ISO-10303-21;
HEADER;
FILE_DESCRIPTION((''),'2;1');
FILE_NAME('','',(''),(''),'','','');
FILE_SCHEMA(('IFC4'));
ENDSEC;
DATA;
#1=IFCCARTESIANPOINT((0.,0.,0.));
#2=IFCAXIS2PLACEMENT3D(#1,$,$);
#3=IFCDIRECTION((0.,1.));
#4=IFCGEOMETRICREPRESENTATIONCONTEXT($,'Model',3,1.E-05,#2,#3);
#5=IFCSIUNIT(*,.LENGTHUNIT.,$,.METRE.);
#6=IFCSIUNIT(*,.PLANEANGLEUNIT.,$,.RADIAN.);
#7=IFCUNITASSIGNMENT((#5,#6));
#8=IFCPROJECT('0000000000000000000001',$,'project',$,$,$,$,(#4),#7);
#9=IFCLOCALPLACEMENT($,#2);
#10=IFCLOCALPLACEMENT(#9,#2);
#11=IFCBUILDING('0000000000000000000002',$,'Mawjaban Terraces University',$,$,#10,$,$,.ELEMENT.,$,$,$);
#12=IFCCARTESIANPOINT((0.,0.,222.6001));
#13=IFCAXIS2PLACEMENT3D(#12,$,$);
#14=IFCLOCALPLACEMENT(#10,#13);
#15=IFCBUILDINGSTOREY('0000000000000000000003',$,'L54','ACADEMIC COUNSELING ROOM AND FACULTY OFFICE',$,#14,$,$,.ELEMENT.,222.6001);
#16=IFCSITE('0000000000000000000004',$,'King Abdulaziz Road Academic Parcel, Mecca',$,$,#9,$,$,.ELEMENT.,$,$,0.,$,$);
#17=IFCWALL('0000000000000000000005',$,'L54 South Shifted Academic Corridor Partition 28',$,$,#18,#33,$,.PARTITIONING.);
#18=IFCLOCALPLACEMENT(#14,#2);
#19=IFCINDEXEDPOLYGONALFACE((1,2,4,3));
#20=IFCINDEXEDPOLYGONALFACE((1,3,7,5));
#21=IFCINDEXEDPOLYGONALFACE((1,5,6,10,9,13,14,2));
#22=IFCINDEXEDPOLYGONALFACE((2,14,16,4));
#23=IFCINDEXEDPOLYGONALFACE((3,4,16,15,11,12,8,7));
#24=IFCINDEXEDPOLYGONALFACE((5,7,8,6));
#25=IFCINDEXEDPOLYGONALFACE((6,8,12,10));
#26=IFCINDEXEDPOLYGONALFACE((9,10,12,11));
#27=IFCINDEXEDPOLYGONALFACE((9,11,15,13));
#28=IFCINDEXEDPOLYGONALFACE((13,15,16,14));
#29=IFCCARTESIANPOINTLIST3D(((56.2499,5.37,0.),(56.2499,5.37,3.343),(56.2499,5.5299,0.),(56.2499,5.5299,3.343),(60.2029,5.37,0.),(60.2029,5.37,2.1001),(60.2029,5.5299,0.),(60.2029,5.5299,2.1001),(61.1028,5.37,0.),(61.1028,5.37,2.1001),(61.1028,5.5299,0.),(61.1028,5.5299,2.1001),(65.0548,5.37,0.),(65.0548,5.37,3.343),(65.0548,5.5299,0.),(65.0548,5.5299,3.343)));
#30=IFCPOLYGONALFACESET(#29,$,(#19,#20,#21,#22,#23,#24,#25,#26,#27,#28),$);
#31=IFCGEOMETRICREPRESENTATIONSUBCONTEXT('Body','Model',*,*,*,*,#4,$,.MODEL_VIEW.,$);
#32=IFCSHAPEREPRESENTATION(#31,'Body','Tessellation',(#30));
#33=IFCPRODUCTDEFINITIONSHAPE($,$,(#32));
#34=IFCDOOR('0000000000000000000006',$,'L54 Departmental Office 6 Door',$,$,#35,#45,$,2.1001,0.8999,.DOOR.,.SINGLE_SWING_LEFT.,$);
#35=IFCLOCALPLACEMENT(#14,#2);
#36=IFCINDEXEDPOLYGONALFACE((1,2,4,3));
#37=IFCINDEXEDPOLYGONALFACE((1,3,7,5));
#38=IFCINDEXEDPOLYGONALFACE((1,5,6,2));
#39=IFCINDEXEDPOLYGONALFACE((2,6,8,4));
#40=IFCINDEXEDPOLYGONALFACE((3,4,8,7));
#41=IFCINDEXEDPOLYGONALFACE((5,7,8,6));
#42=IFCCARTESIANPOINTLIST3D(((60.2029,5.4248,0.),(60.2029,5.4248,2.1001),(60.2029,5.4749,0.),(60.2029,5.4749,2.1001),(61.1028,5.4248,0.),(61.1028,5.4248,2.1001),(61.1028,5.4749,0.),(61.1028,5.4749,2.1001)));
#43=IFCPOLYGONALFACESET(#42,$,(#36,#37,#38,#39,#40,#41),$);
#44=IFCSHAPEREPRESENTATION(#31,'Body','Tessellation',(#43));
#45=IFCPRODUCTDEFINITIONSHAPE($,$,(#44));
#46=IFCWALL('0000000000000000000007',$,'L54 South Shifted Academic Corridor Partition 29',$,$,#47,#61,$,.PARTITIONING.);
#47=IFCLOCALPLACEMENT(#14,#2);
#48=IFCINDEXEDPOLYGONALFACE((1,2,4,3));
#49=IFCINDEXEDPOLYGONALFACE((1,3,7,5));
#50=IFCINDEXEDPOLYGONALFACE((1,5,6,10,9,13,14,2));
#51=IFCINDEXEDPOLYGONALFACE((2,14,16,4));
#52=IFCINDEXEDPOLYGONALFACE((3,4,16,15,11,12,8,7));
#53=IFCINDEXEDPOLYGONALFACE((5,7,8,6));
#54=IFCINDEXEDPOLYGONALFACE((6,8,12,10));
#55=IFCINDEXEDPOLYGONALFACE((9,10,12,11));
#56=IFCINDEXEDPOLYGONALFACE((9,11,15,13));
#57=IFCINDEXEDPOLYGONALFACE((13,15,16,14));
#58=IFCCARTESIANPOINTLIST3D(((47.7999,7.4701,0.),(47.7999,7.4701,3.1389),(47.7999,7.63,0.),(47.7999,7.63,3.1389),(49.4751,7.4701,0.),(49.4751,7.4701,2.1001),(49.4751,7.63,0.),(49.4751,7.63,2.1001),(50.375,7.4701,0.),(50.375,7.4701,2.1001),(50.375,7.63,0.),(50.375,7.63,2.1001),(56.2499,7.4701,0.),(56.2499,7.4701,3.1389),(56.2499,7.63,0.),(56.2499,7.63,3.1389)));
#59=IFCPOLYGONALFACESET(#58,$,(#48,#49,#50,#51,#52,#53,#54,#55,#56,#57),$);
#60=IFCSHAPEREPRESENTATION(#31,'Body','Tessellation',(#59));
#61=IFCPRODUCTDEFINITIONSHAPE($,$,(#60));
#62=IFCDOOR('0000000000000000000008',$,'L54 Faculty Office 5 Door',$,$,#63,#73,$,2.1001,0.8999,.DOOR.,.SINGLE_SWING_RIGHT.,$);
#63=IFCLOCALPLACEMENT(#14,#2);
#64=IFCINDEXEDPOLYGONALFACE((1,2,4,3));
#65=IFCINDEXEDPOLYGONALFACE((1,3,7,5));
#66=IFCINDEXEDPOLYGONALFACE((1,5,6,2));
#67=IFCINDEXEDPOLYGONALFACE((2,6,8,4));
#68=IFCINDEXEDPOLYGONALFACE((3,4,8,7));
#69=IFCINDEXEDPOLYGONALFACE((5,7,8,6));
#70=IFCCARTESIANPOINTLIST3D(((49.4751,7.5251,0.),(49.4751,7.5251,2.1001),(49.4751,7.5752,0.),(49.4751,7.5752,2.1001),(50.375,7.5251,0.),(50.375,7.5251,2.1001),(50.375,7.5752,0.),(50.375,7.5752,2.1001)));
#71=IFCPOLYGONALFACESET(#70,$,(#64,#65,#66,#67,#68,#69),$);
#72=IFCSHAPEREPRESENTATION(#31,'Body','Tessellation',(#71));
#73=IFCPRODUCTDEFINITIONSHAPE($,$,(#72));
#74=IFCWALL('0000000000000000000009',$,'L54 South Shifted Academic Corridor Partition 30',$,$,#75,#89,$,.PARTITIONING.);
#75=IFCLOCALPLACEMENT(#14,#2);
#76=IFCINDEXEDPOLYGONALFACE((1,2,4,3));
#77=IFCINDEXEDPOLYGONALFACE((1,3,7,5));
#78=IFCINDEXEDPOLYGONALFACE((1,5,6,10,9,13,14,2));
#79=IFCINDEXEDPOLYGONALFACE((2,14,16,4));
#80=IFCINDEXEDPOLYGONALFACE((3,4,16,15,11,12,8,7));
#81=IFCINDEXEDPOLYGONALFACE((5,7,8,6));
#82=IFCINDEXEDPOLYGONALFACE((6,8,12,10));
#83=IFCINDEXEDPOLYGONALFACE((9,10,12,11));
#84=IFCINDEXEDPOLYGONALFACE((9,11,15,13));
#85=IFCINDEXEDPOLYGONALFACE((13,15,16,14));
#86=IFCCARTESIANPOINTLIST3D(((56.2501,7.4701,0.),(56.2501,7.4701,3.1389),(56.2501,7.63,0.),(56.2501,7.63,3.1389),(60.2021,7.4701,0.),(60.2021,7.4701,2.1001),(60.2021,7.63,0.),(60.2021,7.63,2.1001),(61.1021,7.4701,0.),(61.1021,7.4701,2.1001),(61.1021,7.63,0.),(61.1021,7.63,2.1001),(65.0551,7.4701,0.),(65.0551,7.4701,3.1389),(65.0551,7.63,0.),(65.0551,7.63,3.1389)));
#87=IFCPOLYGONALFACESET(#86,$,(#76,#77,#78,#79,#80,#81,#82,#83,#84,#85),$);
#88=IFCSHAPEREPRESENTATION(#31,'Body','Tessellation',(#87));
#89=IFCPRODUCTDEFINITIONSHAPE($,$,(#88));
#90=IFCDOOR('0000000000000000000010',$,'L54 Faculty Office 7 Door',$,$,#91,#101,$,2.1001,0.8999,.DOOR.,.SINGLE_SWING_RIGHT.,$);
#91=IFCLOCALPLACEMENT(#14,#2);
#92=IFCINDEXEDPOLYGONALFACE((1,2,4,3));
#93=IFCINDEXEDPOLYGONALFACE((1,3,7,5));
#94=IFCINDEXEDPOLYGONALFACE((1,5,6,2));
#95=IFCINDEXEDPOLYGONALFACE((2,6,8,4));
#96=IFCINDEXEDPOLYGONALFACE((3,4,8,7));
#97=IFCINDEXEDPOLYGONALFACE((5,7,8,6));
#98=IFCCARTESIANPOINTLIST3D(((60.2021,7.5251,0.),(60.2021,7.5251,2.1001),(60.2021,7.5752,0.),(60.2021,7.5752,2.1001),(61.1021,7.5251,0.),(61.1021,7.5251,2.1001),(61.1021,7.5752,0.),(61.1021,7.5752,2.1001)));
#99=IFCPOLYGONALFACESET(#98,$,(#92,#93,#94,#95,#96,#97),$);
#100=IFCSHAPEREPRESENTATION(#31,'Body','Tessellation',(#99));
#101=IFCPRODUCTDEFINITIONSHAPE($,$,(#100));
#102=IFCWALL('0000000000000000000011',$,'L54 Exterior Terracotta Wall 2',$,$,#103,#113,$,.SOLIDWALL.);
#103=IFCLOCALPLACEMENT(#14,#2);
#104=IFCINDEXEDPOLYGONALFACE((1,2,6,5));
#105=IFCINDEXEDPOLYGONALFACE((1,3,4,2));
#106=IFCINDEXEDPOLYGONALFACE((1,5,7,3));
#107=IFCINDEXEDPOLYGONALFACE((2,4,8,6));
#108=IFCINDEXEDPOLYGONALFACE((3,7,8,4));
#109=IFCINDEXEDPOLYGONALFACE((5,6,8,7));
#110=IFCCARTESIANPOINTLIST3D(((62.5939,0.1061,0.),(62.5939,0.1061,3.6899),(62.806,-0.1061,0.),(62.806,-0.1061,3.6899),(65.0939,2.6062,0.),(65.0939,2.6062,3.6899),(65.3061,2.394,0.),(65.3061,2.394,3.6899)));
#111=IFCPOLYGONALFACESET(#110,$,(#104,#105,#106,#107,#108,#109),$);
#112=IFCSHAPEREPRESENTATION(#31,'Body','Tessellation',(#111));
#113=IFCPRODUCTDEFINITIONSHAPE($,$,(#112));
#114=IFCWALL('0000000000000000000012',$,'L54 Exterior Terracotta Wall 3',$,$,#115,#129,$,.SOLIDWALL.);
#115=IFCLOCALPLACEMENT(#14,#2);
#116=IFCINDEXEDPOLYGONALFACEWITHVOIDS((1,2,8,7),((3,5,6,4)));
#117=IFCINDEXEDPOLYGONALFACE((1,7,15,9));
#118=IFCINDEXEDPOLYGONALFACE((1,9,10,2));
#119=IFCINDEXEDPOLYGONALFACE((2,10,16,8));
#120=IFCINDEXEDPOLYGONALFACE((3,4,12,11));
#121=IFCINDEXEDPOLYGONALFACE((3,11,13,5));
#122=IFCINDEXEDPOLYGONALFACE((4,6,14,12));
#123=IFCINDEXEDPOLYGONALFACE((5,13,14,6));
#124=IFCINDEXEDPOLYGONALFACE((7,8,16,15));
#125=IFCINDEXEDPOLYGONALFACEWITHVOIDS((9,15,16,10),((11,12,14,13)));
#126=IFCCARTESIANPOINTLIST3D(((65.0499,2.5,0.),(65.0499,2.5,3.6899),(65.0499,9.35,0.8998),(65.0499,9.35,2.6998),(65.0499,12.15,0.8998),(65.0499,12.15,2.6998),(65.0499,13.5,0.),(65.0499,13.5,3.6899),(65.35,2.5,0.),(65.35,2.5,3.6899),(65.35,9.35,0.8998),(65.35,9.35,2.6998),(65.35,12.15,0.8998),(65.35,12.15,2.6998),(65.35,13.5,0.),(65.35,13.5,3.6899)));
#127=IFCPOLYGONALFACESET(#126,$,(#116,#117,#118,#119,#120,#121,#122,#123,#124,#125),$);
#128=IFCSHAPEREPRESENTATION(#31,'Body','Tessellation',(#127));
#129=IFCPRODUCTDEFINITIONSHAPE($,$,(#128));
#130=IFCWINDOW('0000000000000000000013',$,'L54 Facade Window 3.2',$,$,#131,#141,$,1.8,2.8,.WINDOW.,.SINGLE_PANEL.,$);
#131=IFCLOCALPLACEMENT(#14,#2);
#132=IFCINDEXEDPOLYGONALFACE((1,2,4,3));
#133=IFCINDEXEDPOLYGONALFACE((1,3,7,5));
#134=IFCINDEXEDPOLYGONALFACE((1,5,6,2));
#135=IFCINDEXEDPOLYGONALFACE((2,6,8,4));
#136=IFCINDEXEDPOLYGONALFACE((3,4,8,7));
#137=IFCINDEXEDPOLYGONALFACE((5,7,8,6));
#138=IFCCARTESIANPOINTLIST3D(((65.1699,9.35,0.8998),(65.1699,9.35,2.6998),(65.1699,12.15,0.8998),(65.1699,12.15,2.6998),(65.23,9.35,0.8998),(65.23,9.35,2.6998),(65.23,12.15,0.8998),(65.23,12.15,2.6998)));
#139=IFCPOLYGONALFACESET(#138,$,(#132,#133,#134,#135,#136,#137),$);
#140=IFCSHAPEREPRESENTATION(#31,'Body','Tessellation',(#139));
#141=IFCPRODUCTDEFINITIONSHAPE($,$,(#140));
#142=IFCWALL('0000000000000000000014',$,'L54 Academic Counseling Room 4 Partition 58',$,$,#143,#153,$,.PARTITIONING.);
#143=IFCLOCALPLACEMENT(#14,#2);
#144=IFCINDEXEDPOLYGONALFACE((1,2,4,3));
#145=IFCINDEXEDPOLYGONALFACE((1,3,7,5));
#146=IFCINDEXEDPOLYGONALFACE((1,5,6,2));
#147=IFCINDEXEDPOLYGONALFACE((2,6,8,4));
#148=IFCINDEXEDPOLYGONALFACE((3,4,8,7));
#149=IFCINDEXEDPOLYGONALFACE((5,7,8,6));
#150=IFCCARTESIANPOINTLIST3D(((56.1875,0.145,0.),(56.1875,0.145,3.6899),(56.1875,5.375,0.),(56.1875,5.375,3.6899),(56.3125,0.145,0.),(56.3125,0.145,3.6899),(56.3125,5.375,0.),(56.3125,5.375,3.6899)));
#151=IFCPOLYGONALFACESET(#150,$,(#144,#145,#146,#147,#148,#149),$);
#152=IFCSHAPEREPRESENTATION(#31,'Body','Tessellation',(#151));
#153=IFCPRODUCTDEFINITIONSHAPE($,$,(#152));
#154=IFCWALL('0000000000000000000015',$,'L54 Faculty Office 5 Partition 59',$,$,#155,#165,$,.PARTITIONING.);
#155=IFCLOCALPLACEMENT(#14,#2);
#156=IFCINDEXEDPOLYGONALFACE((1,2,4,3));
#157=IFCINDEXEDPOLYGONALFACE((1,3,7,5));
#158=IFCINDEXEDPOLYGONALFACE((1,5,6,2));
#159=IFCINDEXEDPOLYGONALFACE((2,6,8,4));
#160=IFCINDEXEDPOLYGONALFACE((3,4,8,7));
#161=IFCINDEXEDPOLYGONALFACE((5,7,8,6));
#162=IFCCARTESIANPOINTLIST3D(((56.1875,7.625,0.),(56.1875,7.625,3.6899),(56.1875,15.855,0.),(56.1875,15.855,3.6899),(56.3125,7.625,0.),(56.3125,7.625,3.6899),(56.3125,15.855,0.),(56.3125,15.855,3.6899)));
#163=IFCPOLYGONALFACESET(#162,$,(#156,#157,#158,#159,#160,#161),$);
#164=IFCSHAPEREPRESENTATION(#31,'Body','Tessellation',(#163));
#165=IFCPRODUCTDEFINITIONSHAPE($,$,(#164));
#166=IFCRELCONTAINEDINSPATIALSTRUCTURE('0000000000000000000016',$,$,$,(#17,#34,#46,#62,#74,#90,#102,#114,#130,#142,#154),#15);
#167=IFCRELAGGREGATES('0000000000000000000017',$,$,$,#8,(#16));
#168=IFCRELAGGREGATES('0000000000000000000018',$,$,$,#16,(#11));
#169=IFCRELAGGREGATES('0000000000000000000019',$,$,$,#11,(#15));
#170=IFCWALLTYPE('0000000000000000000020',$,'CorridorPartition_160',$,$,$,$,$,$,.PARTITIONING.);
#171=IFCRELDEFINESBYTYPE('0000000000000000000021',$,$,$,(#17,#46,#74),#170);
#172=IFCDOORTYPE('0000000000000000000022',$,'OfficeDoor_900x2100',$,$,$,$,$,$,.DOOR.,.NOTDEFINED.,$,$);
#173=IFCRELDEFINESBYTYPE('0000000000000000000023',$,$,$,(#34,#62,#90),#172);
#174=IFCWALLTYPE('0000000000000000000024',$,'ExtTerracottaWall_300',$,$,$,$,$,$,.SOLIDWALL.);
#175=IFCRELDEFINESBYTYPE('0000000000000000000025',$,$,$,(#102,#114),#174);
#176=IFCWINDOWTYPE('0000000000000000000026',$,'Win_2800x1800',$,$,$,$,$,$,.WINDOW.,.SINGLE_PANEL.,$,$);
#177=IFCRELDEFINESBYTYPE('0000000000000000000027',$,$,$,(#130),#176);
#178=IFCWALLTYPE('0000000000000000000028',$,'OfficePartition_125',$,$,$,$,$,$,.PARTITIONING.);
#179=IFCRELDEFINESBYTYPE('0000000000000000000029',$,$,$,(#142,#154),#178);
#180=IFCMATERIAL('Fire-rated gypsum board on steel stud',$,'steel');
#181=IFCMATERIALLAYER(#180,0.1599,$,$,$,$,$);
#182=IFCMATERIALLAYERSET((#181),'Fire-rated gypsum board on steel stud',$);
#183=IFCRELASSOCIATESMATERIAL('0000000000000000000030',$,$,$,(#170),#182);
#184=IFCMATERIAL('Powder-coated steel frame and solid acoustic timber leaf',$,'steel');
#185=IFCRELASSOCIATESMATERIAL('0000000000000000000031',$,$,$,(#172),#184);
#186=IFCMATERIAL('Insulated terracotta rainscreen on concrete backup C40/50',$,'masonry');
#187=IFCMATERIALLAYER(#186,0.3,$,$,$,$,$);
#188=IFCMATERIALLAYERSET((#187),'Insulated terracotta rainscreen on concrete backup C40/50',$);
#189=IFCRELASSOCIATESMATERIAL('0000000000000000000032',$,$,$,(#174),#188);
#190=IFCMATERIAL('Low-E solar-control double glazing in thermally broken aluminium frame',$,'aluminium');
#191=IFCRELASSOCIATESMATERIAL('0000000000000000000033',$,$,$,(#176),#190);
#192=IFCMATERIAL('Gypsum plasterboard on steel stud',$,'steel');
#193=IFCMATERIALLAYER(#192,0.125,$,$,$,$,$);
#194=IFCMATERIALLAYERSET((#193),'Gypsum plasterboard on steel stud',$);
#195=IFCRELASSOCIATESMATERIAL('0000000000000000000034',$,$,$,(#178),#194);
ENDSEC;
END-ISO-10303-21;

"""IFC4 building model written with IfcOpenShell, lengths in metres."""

from ifc_helpers import new_model, si_unit, direction, frame, frame_2d, origin, place, context, subcontext, project, spatial, rectangle, extrude, material, layer, layer_set, type_object, element, fill, save


model = new_model("IFC4")

# Units and contexts
model_context = context("Model", 3, precision=1e-05, world=origin(), true_north=direction((0.0, 1.0)))
body_context = subcontext(model_context, "Body", "Model", "MODEL_VIEW")
ifc_project = project(units=[si_unit("LENGTHUNIT", "METRE"), si_unit("PLANEANGLEUNIT", "RADIAN")], contexts=[model_context])

# Site, building, storey
site_placement = place(None, origin())
site = spatial("IfcSite", under=ifc_project, at=site_placement, Name="King Abdulaziz Road Academic Parcel, Mecca", CompositionType="ELEMENT", RefElevation=0.0)
building_placement = place(site_placement, origin())
building = spatial("IfcBuilding", under=site, at=building_placement, Name="Mawjaban Terraces University", CompositionType="ELEMENT")
storey_placement = place(building_placement, frame((0.0, 0.0, 222.6001)))
storey = spatial("IfcBuildingStorey", under=building, at=storey_placement, Name="L54", Description="ACADEMIC COUNSELING ROOM AND FACULTY OFFICE", CompositionType="ELEMENT", Elevation=222.6001)

# Walls, openings, doors
ifc_material_1 = material(Name="Fire-rated gypsum board on steel stud", Category="steel")
ifc_layer_1 = layer(ifc_material_1, 0.1599)
ifc_layer_set_1 = layer_set([ifc_layer_1], Name="Fire-rated gypsum board on steel stud")
wall_type_1 = type_object("IfcWallType", Name="CorridorPartition_160", PredefinedType="PARTITIONING", material=ifc_layer_set_1)
wall_1_placement = place(storey_placement, frame((56.25, 5.45, 0.0), z_axis=(0.0, 0.0, 1.0), x_axis=(1.0, 0.0, 0.0)))
wall_1 = element("IfcWall", 1, at=wall_1_placement, inside=storey, type_object=wall_type_1, Name="L54 South Shifted Academic Corridor Partition 28", PredefinedType="PARTITIONING", context=body_context, shape_type="SweptSolid", body=[
    extrude(rectangle(XDim=8.8049, YDim=0.1599, at=frame_2d((4.4023, 0.0))), origin(), (0.0, 0.0, 1.0), 3.343),
])
opening_1_placement = place(wall_1_placement, frame((3.9529, 0.0, 0.0)))
opening_1 = element("IfcOpeningElement", 2, at=opening_1_placement, cuts=wall_1, PredefinedType="OPENING", context=body_context, shape_type="SweptSolid", body=[
    extrude(rectangle(XDim=0.8999, YDim=2.1001, at=frame_2d((0.45, 1.05))), frame((0.0, 0.0898, 0.0), z_axis=(0.0, -1.0, 0.0), x_axis=(1.0, 0.0, 0.0)), (0.0, 0.0, 1.0), 0.1799),
])
ifc_material_2 = material(Name="Powder-coated steel frame and solid acoustic timber leaf", Category="steel")
door_type = type_object("IfcDoorType", Name="OfficeDoor_900x2100", OperationType="NOTDEFINED", PredefinedType="DOOR", material=ifc_material_2)
door_1_placement = place(opening_1_placement, origin())
door_1 = element("IfcDoor", 3, at=door_1_placement, inside=storey, type_object=door_type, Name="L54 Departmental Office 6 Door", OperationType="SINGLE_SWING_LEFT", OverallHeight=2.1001, OverallWidth=0.8999, PredefinedType="DOOR", context=body_context, shape_type="SweptSolid", body=[
    extrude(rectangle(XDim=0.8999, YDim=2.1001, at=frame_2d((0.45, 1.05))), frame((0.0, 0.0249, 0.0), z_axis=(0.0, -1.0, 0.0), x_axis=(1.0, 0.0, 0.0)), (0.0, 0.0, 1.0), 0.05),
])
fill(opening_1, door_1)
wall_2_placement = place(storey_placement, frame((56.25, 7.55, 0.0), z_axis=(0.0, 0.0, 1.0), x_axis=(-1.0, 0.0, 0.0)))
wall_2 = element("IfcWall", 4, at=wall_2_placement, inside=storey, type_object=wall_type_1, Name="L54 South Shifted Academic Corridor Partition 29", PredefinedType="PARTITIONING", context=body_context, shape_type="SweptSolid", body=[
    extrude(rectangle(XDim=8.45, YDim=0.1599, at=frame_2d((4.2251, 0.0))), origin(), (0.0, 0.0, 1.0), 3.1389),
])
opening_2_placement = place(wall_2_placement, frame((5.875, 0.0, 0.0)))
opening_2 = element("IfcOpeningElement", 5, at=opening_2_placement, cuts=wall_2, PredefinedType="OPENING", context=body_context, shape_type="SweptSolid", body=[
    extrude(rectangle(XDim=0.8999, YDim=2.1001, at=frame_2d((0.45, 1.05))), frame((0.0, 0.0898, 0.0), z_axis=(0.0, -1.0, 0.0), x_axis=(1.0, 0.0, 0.0)), (0.0, 0.0, 1.0), 0.1799),
])
door_2_placement = place(opening_2_placement, origin())
door_2 = element("IfcDoor", 6, at=door_2_placement, inside=storey, type_object=door_type, Name="L54 Faculty Office 5 Door", OperationType="SINGLE_SWING_RIGHT", OverallHeight=2.1001, OverallWidth=0.8999, PredefinedType="DOOR", context=body_context, shape_type="SweptSolid", body=[
    extrude(rectangle(XDim=0.8999, YDim=2.1001, at=frame_2d((0.45, 1.05))), frame((0.0, 0.0249, 0.0), z_axis=(0.0, -1.0, 0.0), x_axis=(1.0, 0.0, 0.0)), (0.0, 0.0, 1.0), 0.05),
])
fill(opening_2, door_2)
wall_3_placement = place(storey_placement, frame((65.0549, 7.55, 0.0), z_axis=(0.0, 0.0, 1.0), x_axis=(-1.0, 0.0, 0.0)))
wall_3 = element("IfcWall", 7, at=wall_3_placement, inside=storey, type_object=wall_type_1, Name="L54 South Shifted Academic Corridor Partition 30", PredefinedType="PARTITIONING", context=body_context, shape_type="SweptSolid", body=[
    extrude(rectangle(XDim=8.8049, YDim=0.1599, at=frame_2d((4.4023, 0.0))), origin(), (0.0, 0.0, 1.0), 3.1389),
])
opening_3_placement = place(wall_3_placement, frame((3.9529, 0.0, 0.0)))
opening_3 = element("IfcOpeningElement", 8, at=opening_3_placement, cuts=wall_3, PredefinedType="OPENING", context=body_context, shape_type="SweptSolid", body=[
    extrude(rectangle(XDim=0.8999, YDim=2.1001, at=frame_2d((0.45, 1.05))), frame((0.0, 0.0898, 0.0), z_axis=(0.0, -1.0, 0.0), x_axis=(1.0, 0.0, 0.0)), (0.0, 0.0, 1.0), 0.1799),
])
door_3_placement = place(opening_3_placement, origin())
door_3 = element("IfcDoor", 9, at=door_3_placement, inside=storey, type_object=door_type, Name="L54 Faculty Office 7 Door", OperationType="SINGLE_SWING_RIGHT", OverallHeight=2.1001, OverallWidth=0.8999, PredefinedType="DOOR", context=body_context, shape_type="SweptSolid", body=[
    extrude(rectangle(XDim=0.8999, YDim=2.1001, at=frame_2d((0.45, 1.05))), frame((0.0, 0.0249, 0.0), z_axis=(0.0, -1.0, 0.0), x_axis=(1.0, 0.0, 0.0)), (0.0, 0.0, 1.0), 0.05),
])
fill(opening_3, door_3)

# Wall
ifc_material_3 = material(Name="Insulated terracotta rainscreen on concrete backup C40/50", Category="masonry")
ifc_layer_2 = layer(ifc_material_3, 0.3)
ifc_layer_set_2 = layer_set([ifc_layer_2], Name="Insulated terracotta rainscreen on concrete backup C40/50")
wall_type_2 = type_object("IfcWallType", Name="ExtTerracottaWall_300", PredefinedType="SOLIDWALL", material=ifc_layer_set_2)
wall_4_placement = place(storey_placement, frame((62.7, 0.0, 0.0), z_axis=(0.0, 0.0, 1.0), x_axis=(0.707107, 0.707107, 0.0)))
element("IfcWall", 10, at=wall_4_placement, inside=storey, type_object=wall_type_2, Name="L54 Exterior Terracotta Wall 2", PredefinedType="SOLIDWALL", context=body_context, shape_type="SweptSolid", body=[
    extrude(rectangle(XDim=3.5356, YDim=0.3, at=frame_2d((1.7678, 0.0))), origin(), (0.0, 0.0, 1.0), 3.6899),
])

# Wall, opening, window
wall_5_placement = place(storey_placement, frame((65.2, 2.5, 0.0), z_axis=(0.0, 0.0, 1.0), x_axis=(0.0, 1.0, 0.0)))
wall_5 = element("IfcWall", 11, at=wall_5_placement, inside=storey, type_object=wall_type_2, Name="L54 Exterior Terracotta Wall 3", PredefinedType="SOLIDWALL", context=body_context, shape_type="SweptSolid", body=[
    extrude(rectangle(XDim=11.0, YDim=0.3, at=frame_2d((5.5, 0.0))), origin(), (0.0, 0.0, 1.0), 3.6899),
])
opening_4_placement = place(wall_5_placement, frame((6.8501, 0.0, 0.8999)))
opening_4 = element("IfcOpeningElement", 12, at=opening_4_placement, cuts=wall_5, PredefinedType="OPENING", context=body_context, shape_type="SweptSolid", body=[
    extrude(rectangle(XDim=2.8, YDim=1.8, at=frame_2d((1.3999, 0.8999))), frame((0.0, 0.1599, 0.0), z_axis=(0.0, -1.0, 0.0), x_axis=(1.0, 0.0, 0.0)), (0.0, 0.0, 1.0), 0.3201),
])
ifc_material_4 = material(Name="Low-E solar-control double glazing in thermally broken aluminium frame", Category="aluminium")
window_type = type_object("IfcWindowType", Name="Win_2800x1800", PartitioningType="SINGLE_PANEL", PredefinedType="WINDOW", material=ifc_material_4)
window_placement = place(opening_4_placement, origin())
window = element("IfcWindow", 13, at=window_placement, inside=storey, type_object=window_type, Name="L54 Facade Window 3.2", OverallHeight=1.8, OverallWidth=2.8, PartitioningType="SINGLE_PANEL", PredefinedType="WINDOW", context=body_context, shape_type="SweptSolid", body=[
    extrude(rectangle(XDim=2.8, YDim=1.8, at=frame_2d((1.3999, 0.8999))), frame((0.0, 0.03, 0.0), z_axis=(0.0, -1.0, 0.0), x_axis=(1.0, 0.0, 0.0)), (0.0, 0.0, 1.0), 0.0601),
])
fill(opening_4, window)

# Walls
ifc_material_5 = material(Name="Gypsum plasterboard on steel stud", Category="steel")
ifc_layer_3 = layer(ifc_material_5, 0.125)
ifc_layer_set_3 = layer_set([ifc_layer_3], Name="Gypsum plasterboard on steel stud")
wall_type_3 = type_object("IfcWallType", Name="OfficePartition_125", PredefinedType="PARTITIONING", material=ifc_layer_set_3)
wall_6_placement = place(storey_placement, frame((56.25, 0.145, 0.0), z_axis=(0.0, 0.0, 1.0), x_axis=(0.0, 1.0, 0.0)))
element("IfcWall", 14, at=wall_6_placement, inside=storey, type_object=wall_type_3, Name="L54 Academic Counseling Room 4 Partition 58", PredefinedType="PARTITIONING", context=body_context, shape_type="SweptSolid", body=[
    extrude(rectangle(XDim=5.23, YDim=0.125, at=frame_2d((2.615, 0.0))), origin(), (0.0, 0.0, 1.0), 3.6899),
])
wall_7_placement = place(storey_placement, frame((56.25, 7.625, 0.0), z_axis=(0.0, 0.0, 1.0), x_axis=(0.0, 1.0, 0.0)))
element("IfcWall", 15, at=wall_7_placement, inside=storey, type_object=wall_type_3, Name="L54 Faculty Office 5 Partition 59", PredefinedType="PARTITIONING", context=body_context, shape_type="SweptSolid", body=[
    extrude(rectangle(XDim=8.23, YDim=0.125, at=frame_2d((4.115, 0.0))), origin(), (0.0, 0.0, 1.0), 3.6899),
])

save(model, "model.ifc")
